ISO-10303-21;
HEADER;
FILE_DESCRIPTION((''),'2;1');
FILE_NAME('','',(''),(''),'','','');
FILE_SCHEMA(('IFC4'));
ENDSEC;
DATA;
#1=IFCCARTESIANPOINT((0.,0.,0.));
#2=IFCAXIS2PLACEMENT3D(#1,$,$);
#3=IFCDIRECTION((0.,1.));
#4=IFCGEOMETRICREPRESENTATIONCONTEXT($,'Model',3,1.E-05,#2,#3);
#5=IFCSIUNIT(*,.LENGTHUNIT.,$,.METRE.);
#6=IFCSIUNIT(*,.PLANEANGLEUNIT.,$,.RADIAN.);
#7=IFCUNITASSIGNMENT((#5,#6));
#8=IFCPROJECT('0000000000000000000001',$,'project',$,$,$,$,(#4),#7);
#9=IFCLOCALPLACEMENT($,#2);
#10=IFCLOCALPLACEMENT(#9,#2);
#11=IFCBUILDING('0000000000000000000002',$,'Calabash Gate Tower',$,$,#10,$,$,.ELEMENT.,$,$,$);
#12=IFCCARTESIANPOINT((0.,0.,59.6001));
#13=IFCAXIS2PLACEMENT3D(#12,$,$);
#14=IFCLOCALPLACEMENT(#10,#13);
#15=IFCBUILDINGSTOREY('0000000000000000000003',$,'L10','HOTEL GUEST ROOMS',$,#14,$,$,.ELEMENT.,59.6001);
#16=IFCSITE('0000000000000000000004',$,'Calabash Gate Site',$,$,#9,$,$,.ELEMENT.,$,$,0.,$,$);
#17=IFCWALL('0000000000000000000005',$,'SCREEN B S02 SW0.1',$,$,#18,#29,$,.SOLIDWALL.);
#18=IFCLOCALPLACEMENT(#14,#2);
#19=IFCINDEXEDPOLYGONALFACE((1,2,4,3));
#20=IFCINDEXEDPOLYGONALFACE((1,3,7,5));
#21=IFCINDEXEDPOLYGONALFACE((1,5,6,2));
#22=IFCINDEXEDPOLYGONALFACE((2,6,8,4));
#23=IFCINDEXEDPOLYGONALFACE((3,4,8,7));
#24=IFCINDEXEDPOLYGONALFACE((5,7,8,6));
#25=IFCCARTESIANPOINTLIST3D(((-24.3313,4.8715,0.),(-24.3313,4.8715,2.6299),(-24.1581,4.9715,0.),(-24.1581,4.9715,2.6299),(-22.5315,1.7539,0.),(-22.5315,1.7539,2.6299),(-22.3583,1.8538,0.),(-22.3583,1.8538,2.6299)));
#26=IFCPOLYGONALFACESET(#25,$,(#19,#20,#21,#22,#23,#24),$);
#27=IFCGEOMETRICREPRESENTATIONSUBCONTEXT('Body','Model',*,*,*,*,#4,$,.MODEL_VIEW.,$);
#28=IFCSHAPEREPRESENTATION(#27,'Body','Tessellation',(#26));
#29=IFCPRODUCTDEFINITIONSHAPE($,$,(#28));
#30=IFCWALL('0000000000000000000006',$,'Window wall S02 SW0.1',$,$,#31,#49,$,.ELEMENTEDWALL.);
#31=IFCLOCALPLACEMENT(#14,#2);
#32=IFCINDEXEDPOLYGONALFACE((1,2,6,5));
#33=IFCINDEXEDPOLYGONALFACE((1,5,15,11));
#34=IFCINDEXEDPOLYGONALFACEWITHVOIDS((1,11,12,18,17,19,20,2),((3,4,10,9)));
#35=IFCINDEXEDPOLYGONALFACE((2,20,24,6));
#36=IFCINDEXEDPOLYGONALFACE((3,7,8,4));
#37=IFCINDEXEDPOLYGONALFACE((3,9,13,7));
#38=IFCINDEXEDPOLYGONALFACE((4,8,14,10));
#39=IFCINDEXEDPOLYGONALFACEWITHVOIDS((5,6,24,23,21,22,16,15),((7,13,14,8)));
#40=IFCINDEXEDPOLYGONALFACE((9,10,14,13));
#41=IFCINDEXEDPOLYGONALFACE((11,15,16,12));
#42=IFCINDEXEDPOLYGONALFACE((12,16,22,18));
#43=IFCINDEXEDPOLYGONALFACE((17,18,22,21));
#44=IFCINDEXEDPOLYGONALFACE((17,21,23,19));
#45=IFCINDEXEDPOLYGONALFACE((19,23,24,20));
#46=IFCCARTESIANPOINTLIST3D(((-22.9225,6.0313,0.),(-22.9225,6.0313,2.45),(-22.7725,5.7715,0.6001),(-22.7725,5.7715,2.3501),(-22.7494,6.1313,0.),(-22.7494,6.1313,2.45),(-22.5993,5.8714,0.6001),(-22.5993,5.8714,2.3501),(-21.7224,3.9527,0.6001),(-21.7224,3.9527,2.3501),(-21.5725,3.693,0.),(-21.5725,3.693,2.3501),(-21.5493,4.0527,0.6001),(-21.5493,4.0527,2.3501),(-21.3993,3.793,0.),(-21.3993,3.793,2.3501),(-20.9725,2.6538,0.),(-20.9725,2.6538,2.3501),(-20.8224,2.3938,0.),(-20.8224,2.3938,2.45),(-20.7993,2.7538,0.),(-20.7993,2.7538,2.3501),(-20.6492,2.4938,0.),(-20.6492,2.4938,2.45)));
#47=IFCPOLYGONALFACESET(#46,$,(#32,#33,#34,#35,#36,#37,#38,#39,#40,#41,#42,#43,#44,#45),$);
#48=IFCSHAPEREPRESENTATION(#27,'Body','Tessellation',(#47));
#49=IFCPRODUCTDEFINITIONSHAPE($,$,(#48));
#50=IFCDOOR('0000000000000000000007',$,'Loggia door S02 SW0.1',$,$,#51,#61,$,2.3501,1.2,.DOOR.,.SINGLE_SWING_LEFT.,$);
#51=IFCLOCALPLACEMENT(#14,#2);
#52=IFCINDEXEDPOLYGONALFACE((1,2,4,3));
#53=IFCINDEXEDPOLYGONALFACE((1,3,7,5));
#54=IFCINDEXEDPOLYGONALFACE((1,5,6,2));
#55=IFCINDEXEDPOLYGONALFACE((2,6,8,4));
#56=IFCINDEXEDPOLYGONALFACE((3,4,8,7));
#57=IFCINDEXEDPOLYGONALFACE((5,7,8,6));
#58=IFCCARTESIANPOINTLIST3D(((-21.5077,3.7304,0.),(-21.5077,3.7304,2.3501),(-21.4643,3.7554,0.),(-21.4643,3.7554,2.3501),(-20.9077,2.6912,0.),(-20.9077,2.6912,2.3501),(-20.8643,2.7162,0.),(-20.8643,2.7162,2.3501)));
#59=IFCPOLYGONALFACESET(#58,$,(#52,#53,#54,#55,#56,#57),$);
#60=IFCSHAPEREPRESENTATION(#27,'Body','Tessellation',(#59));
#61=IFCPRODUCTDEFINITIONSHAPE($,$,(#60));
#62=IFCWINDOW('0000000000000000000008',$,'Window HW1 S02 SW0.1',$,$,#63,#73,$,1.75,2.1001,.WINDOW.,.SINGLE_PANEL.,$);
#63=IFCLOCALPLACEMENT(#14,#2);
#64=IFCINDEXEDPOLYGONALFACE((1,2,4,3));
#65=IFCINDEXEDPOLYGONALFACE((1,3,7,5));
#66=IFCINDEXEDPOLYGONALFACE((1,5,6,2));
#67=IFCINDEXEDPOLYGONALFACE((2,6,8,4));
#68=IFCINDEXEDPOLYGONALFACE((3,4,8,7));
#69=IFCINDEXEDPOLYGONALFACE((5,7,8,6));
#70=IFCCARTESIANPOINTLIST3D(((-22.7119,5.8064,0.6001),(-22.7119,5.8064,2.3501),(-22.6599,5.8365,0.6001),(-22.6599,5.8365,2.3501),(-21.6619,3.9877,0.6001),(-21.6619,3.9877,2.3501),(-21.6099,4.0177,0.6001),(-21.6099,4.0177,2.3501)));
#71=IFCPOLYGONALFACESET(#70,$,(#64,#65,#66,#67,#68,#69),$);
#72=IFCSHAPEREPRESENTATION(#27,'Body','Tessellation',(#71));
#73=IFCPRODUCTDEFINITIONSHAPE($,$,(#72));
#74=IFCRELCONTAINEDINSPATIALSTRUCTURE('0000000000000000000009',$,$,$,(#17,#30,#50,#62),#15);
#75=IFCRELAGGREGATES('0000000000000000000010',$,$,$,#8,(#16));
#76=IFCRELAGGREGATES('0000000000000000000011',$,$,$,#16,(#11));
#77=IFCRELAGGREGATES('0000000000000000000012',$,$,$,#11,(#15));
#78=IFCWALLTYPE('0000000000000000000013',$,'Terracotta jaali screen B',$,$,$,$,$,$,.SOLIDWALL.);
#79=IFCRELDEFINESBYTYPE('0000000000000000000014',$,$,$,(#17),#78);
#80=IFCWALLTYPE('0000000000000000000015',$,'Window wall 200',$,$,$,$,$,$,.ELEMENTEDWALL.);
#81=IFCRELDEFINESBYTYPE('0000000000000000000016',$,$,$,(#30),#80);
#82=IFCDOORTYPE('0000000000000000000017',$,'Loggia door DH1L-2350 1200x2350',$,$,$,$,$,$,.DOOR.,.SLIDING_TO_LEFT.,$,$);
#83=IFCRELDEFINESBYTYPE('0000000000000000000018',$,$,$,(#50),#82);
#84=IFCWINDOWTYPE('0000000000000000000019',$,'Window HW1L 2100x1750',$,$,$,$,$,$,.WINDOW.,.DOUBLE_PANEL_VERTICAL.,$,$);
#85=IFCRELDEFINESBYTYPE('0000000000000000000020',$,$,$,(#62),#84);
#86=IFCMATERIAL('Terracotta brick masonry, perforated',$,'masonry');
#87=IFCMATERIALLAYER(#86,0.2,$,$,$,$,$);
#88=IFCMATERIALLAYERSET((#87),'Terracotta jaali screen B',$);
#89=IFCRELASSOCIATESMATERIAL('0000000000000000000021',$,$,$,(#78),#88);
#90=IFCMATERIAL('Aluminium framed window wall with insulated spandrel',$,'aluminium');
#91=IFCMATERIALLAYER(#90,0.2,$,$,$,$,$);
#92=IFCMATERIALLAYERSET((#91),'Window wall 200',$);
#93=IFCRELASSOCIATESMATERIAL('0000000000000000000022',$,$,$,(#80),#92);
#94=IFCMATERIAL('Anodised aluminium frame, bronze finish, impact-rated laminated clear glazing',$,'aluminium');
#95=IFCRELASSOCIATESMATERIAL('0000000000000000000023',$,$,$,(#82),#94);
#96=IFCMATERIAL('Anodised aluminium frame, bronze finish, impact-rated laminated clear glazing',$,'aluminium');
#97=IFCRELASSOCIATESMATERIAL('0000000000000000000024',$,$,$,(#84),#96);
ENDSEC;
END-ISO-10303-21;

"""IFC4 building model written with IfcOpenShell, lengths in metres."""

from ifc_helpers import new_model, si_unit, direction, frame, frame_2d, origin, place, context, subcontext, project, spatial, rectangle, extrude, material, layer, layer_set, type_object, element, fill, save


model = new_model("IFC4")

# Units and contexts
model_context = context("Model", 3, precision=1e-05, world=origin(), true_north=direction((0.0, 1.0)))
body_context = subcontext(model_context, "Body", "Model", "MODEL_VIEW")
ifc_project = project(units=[si_unit("LENGTHUNIT", "METRE"), si_unit("PLANEANGLEUNIT", "RADIAN")], contexts=[model_context])

# Site, building, storey
site_placement = place(None, origin())
site = spatial("IfcSite", under=ifc_project, at=site_placement, Name="Calabash Gate Site", CompositionType="ELEMENT", RefElevation=0.0)
building_placement = place(site_placement, origin())
building = spatial("IfcBuilding", under=site, at=building_placement, Name="Calabash Gate Tower", CompositionType="ELEMENT")
storey_placement = place(building_placement, frame((0.0, 0.0, 59.6001)))
storey = spatial("IfcBuildingStorey", under=building, at=storey_placement, Name="L10", Description="HOTEL GUEST ROOMS", CompositionType="ELEMENT", Elevation=59.6001)

# Wall
ifc_material_1 = material(Name="Terracotta brick masonry, perforated", Category="masonry")
ifc_layer_1 = layer(ifc_material_1, 0.2)
ifc_layer_set_1 = layer_set([ifc_layer_1], Name="Terracotta jaali screen B")
wall_type_1 = type_object("IfcWallType", Name="Terracotta jaali screen B", PredefinedType="SOLIDWALL", material=ifc_layer_set_1)
wall_1_placement = place(storey_placement, frame((-24.2446, 4.9214, 0.0), z_axis=(0.0, 0.0, 1.0), x_axis=(0.499961, -0.866048, 0.0)))
element("IfcWall", 1, at=wall_1_placement, inside=storey, type_object=wall_type_1, Name="SCREEN B S02 SW0.1", PredefinedType="SOLIDWALL", context=body_context, shape_type="SweptSolid", body=[
    extrude(rectangle(XDim=3.5999, YDim=0.2, at=frame_2d((1.7998, 0.0))), origin(), (0.0, 0.0, 1.0), 2.6299),
])

# Wall, openings, door, window
ifc_material_2 = material(Name="Aluminium framed window wall with insulated spandrel", Category="aluminium")
ifc_layer_2 = layer(ifc_material_2, 0.2)
ifc_layer_set_2 = layer_set([ifc_layer_2], Name="Window wall 200")
wall_type_2 = type_object("IfcWallType", Name="Window wall 200", PredefinedType="ELEMENTEDWALL", material=ifc_layer_set_2)
wall_2_placement = place(storey_placement, frame((-22.8359, 6.0813, 0.0), z_axis=(0.0, 0.0, 1.0), x_axis=(0.500003, -0.866024, 0.0)))
wall_2 = element("IfcWall", 2, at=wall_2_placement, inside=storey, type_object=wall_type_2, Name="Window wall S02 SW0.1", PredefinedType="ELEMENTEDWALL", context=body_context, shape_type="SweptSolid", body=[
    extrude(rectangle(XDim=4.2002, YDim=0.2, at=frame_2d((2.1001, 0.0))), origin(), (0.0, 0.0, 1.0), 2.45),
])
opening_1_placement = place(wall_2_placement, frame((0.3, 0.0, 0.6001)))
opening_1 = element("IfcOpeningElement", 3, at=opening_1_placement, cuts=wall_2, PredefinedType="OPENING", context=body_context, shape_type="SweptSolid", body=[
    extrude(rectangle(XDim=2.1001, YDim=1.75, at=frame_2d((1.05, 0.875))), frame((0.0, 0.1099, 0.0), z_axis=(0.0, -1.0, 0.0), x_axis=(1.0, 0.0, 0.0)), (0.0, 0.0, 1.0), 0.22),
])
opening_2_placement = place(wall_2_placement, frame((2.7, 0.0, 0.0)))
opening_2 = element("IfcOpeningElement", 4, at=opening_2_placement, cuts=wall_2, PredefinedType="OPENING", context=body_context, shape_type="SweptSolid", body=[
    extrude(rectangle(XDim=1.2, YDim=2.3501, at=frame_2d((0.6001, 1.175))), frame((0.0, 0.1099, 0.0), z_axis=(0.0, -1.0, 0.0), x_axis=(1.0, 0.0, 0.0)), (0.0, 0.0, 1.0), 0.22),
])
ifc_material_3 = material(Name="Anodised aluminium frame, bronze finish, impact-rated laminated clear glazing", Category="aluminium")
door_type_1 = type_object("IfcDoorType", Name="Loggia door DH1L-2350 1200x2350", OperationType="SLIDING_TO_LEFT", PredefinedType="DOOR", material=ifc_material_3)
door_1_placement = place(opening_2_placement, origin())
door_1 = element("IfcDoor", 5, at=door_1_placement, inside=storey, type_object=door_type_1, Name="Loggia door S02 SW0.1", OperationType="SINGLE_SWING_LEFT", OverallHeight=2.3501, OverallWidth=1.2, PredefinedType="DOOR", context=body_context, shape_type="SweptSolid", body=[
    extrude(rectangle(XDim=1.2, YDim=2.3501, at=frame_2d((0.6001, 1.175))), frame((0.0, 0.0249, 0.0), z_axis=(0.0, -1.0, 0.0), x_axis=(1.0, 0.0, 0.0)), (0.0, 0.0, 1.0), 0.05),
])
fill(opening_2, door_1)
ifc_material_4 = material(Name="Anodised aluminium frame, bronze finish, impact-rated laminated clear glazing", Category="aluminium")
window_type_1 = type_object("IfcWindowType", Name="Window HW1L 2100x1750", PartitioningType="DOUBLE_PANEL_VERTICAL", PredefinedType="WINDOW", material=ifc_material_4)
window_1_placement = place(opening_1_placement, origin())
window_1 = element("IfcWindow", 6, at=window_1_placement, inside=storey, type_object=window_type_1, Name="Window HW1 S02 SW0.1", OverallHeight=1.75, OverallWidth=2.1001, PartitioningType="SINGLE_PANEL", PredefinedType="WINDOW", context=body_context, shape_type="SweptSolid", body=[
    extrude(rectangle(XDim=2.1001, YDim=1.75, at=frame_2d((1.05, 0.875))), frame((0.0, 0.03, 0.0), z_axis=(0.0, -1.0, 0.0), x_axis=(1.0, 0.0, 0.0)), (0.0, 0.0, 1.0), 0.0601),
])
fill(opening_1, window_1)

save(model, "model.ifc")
